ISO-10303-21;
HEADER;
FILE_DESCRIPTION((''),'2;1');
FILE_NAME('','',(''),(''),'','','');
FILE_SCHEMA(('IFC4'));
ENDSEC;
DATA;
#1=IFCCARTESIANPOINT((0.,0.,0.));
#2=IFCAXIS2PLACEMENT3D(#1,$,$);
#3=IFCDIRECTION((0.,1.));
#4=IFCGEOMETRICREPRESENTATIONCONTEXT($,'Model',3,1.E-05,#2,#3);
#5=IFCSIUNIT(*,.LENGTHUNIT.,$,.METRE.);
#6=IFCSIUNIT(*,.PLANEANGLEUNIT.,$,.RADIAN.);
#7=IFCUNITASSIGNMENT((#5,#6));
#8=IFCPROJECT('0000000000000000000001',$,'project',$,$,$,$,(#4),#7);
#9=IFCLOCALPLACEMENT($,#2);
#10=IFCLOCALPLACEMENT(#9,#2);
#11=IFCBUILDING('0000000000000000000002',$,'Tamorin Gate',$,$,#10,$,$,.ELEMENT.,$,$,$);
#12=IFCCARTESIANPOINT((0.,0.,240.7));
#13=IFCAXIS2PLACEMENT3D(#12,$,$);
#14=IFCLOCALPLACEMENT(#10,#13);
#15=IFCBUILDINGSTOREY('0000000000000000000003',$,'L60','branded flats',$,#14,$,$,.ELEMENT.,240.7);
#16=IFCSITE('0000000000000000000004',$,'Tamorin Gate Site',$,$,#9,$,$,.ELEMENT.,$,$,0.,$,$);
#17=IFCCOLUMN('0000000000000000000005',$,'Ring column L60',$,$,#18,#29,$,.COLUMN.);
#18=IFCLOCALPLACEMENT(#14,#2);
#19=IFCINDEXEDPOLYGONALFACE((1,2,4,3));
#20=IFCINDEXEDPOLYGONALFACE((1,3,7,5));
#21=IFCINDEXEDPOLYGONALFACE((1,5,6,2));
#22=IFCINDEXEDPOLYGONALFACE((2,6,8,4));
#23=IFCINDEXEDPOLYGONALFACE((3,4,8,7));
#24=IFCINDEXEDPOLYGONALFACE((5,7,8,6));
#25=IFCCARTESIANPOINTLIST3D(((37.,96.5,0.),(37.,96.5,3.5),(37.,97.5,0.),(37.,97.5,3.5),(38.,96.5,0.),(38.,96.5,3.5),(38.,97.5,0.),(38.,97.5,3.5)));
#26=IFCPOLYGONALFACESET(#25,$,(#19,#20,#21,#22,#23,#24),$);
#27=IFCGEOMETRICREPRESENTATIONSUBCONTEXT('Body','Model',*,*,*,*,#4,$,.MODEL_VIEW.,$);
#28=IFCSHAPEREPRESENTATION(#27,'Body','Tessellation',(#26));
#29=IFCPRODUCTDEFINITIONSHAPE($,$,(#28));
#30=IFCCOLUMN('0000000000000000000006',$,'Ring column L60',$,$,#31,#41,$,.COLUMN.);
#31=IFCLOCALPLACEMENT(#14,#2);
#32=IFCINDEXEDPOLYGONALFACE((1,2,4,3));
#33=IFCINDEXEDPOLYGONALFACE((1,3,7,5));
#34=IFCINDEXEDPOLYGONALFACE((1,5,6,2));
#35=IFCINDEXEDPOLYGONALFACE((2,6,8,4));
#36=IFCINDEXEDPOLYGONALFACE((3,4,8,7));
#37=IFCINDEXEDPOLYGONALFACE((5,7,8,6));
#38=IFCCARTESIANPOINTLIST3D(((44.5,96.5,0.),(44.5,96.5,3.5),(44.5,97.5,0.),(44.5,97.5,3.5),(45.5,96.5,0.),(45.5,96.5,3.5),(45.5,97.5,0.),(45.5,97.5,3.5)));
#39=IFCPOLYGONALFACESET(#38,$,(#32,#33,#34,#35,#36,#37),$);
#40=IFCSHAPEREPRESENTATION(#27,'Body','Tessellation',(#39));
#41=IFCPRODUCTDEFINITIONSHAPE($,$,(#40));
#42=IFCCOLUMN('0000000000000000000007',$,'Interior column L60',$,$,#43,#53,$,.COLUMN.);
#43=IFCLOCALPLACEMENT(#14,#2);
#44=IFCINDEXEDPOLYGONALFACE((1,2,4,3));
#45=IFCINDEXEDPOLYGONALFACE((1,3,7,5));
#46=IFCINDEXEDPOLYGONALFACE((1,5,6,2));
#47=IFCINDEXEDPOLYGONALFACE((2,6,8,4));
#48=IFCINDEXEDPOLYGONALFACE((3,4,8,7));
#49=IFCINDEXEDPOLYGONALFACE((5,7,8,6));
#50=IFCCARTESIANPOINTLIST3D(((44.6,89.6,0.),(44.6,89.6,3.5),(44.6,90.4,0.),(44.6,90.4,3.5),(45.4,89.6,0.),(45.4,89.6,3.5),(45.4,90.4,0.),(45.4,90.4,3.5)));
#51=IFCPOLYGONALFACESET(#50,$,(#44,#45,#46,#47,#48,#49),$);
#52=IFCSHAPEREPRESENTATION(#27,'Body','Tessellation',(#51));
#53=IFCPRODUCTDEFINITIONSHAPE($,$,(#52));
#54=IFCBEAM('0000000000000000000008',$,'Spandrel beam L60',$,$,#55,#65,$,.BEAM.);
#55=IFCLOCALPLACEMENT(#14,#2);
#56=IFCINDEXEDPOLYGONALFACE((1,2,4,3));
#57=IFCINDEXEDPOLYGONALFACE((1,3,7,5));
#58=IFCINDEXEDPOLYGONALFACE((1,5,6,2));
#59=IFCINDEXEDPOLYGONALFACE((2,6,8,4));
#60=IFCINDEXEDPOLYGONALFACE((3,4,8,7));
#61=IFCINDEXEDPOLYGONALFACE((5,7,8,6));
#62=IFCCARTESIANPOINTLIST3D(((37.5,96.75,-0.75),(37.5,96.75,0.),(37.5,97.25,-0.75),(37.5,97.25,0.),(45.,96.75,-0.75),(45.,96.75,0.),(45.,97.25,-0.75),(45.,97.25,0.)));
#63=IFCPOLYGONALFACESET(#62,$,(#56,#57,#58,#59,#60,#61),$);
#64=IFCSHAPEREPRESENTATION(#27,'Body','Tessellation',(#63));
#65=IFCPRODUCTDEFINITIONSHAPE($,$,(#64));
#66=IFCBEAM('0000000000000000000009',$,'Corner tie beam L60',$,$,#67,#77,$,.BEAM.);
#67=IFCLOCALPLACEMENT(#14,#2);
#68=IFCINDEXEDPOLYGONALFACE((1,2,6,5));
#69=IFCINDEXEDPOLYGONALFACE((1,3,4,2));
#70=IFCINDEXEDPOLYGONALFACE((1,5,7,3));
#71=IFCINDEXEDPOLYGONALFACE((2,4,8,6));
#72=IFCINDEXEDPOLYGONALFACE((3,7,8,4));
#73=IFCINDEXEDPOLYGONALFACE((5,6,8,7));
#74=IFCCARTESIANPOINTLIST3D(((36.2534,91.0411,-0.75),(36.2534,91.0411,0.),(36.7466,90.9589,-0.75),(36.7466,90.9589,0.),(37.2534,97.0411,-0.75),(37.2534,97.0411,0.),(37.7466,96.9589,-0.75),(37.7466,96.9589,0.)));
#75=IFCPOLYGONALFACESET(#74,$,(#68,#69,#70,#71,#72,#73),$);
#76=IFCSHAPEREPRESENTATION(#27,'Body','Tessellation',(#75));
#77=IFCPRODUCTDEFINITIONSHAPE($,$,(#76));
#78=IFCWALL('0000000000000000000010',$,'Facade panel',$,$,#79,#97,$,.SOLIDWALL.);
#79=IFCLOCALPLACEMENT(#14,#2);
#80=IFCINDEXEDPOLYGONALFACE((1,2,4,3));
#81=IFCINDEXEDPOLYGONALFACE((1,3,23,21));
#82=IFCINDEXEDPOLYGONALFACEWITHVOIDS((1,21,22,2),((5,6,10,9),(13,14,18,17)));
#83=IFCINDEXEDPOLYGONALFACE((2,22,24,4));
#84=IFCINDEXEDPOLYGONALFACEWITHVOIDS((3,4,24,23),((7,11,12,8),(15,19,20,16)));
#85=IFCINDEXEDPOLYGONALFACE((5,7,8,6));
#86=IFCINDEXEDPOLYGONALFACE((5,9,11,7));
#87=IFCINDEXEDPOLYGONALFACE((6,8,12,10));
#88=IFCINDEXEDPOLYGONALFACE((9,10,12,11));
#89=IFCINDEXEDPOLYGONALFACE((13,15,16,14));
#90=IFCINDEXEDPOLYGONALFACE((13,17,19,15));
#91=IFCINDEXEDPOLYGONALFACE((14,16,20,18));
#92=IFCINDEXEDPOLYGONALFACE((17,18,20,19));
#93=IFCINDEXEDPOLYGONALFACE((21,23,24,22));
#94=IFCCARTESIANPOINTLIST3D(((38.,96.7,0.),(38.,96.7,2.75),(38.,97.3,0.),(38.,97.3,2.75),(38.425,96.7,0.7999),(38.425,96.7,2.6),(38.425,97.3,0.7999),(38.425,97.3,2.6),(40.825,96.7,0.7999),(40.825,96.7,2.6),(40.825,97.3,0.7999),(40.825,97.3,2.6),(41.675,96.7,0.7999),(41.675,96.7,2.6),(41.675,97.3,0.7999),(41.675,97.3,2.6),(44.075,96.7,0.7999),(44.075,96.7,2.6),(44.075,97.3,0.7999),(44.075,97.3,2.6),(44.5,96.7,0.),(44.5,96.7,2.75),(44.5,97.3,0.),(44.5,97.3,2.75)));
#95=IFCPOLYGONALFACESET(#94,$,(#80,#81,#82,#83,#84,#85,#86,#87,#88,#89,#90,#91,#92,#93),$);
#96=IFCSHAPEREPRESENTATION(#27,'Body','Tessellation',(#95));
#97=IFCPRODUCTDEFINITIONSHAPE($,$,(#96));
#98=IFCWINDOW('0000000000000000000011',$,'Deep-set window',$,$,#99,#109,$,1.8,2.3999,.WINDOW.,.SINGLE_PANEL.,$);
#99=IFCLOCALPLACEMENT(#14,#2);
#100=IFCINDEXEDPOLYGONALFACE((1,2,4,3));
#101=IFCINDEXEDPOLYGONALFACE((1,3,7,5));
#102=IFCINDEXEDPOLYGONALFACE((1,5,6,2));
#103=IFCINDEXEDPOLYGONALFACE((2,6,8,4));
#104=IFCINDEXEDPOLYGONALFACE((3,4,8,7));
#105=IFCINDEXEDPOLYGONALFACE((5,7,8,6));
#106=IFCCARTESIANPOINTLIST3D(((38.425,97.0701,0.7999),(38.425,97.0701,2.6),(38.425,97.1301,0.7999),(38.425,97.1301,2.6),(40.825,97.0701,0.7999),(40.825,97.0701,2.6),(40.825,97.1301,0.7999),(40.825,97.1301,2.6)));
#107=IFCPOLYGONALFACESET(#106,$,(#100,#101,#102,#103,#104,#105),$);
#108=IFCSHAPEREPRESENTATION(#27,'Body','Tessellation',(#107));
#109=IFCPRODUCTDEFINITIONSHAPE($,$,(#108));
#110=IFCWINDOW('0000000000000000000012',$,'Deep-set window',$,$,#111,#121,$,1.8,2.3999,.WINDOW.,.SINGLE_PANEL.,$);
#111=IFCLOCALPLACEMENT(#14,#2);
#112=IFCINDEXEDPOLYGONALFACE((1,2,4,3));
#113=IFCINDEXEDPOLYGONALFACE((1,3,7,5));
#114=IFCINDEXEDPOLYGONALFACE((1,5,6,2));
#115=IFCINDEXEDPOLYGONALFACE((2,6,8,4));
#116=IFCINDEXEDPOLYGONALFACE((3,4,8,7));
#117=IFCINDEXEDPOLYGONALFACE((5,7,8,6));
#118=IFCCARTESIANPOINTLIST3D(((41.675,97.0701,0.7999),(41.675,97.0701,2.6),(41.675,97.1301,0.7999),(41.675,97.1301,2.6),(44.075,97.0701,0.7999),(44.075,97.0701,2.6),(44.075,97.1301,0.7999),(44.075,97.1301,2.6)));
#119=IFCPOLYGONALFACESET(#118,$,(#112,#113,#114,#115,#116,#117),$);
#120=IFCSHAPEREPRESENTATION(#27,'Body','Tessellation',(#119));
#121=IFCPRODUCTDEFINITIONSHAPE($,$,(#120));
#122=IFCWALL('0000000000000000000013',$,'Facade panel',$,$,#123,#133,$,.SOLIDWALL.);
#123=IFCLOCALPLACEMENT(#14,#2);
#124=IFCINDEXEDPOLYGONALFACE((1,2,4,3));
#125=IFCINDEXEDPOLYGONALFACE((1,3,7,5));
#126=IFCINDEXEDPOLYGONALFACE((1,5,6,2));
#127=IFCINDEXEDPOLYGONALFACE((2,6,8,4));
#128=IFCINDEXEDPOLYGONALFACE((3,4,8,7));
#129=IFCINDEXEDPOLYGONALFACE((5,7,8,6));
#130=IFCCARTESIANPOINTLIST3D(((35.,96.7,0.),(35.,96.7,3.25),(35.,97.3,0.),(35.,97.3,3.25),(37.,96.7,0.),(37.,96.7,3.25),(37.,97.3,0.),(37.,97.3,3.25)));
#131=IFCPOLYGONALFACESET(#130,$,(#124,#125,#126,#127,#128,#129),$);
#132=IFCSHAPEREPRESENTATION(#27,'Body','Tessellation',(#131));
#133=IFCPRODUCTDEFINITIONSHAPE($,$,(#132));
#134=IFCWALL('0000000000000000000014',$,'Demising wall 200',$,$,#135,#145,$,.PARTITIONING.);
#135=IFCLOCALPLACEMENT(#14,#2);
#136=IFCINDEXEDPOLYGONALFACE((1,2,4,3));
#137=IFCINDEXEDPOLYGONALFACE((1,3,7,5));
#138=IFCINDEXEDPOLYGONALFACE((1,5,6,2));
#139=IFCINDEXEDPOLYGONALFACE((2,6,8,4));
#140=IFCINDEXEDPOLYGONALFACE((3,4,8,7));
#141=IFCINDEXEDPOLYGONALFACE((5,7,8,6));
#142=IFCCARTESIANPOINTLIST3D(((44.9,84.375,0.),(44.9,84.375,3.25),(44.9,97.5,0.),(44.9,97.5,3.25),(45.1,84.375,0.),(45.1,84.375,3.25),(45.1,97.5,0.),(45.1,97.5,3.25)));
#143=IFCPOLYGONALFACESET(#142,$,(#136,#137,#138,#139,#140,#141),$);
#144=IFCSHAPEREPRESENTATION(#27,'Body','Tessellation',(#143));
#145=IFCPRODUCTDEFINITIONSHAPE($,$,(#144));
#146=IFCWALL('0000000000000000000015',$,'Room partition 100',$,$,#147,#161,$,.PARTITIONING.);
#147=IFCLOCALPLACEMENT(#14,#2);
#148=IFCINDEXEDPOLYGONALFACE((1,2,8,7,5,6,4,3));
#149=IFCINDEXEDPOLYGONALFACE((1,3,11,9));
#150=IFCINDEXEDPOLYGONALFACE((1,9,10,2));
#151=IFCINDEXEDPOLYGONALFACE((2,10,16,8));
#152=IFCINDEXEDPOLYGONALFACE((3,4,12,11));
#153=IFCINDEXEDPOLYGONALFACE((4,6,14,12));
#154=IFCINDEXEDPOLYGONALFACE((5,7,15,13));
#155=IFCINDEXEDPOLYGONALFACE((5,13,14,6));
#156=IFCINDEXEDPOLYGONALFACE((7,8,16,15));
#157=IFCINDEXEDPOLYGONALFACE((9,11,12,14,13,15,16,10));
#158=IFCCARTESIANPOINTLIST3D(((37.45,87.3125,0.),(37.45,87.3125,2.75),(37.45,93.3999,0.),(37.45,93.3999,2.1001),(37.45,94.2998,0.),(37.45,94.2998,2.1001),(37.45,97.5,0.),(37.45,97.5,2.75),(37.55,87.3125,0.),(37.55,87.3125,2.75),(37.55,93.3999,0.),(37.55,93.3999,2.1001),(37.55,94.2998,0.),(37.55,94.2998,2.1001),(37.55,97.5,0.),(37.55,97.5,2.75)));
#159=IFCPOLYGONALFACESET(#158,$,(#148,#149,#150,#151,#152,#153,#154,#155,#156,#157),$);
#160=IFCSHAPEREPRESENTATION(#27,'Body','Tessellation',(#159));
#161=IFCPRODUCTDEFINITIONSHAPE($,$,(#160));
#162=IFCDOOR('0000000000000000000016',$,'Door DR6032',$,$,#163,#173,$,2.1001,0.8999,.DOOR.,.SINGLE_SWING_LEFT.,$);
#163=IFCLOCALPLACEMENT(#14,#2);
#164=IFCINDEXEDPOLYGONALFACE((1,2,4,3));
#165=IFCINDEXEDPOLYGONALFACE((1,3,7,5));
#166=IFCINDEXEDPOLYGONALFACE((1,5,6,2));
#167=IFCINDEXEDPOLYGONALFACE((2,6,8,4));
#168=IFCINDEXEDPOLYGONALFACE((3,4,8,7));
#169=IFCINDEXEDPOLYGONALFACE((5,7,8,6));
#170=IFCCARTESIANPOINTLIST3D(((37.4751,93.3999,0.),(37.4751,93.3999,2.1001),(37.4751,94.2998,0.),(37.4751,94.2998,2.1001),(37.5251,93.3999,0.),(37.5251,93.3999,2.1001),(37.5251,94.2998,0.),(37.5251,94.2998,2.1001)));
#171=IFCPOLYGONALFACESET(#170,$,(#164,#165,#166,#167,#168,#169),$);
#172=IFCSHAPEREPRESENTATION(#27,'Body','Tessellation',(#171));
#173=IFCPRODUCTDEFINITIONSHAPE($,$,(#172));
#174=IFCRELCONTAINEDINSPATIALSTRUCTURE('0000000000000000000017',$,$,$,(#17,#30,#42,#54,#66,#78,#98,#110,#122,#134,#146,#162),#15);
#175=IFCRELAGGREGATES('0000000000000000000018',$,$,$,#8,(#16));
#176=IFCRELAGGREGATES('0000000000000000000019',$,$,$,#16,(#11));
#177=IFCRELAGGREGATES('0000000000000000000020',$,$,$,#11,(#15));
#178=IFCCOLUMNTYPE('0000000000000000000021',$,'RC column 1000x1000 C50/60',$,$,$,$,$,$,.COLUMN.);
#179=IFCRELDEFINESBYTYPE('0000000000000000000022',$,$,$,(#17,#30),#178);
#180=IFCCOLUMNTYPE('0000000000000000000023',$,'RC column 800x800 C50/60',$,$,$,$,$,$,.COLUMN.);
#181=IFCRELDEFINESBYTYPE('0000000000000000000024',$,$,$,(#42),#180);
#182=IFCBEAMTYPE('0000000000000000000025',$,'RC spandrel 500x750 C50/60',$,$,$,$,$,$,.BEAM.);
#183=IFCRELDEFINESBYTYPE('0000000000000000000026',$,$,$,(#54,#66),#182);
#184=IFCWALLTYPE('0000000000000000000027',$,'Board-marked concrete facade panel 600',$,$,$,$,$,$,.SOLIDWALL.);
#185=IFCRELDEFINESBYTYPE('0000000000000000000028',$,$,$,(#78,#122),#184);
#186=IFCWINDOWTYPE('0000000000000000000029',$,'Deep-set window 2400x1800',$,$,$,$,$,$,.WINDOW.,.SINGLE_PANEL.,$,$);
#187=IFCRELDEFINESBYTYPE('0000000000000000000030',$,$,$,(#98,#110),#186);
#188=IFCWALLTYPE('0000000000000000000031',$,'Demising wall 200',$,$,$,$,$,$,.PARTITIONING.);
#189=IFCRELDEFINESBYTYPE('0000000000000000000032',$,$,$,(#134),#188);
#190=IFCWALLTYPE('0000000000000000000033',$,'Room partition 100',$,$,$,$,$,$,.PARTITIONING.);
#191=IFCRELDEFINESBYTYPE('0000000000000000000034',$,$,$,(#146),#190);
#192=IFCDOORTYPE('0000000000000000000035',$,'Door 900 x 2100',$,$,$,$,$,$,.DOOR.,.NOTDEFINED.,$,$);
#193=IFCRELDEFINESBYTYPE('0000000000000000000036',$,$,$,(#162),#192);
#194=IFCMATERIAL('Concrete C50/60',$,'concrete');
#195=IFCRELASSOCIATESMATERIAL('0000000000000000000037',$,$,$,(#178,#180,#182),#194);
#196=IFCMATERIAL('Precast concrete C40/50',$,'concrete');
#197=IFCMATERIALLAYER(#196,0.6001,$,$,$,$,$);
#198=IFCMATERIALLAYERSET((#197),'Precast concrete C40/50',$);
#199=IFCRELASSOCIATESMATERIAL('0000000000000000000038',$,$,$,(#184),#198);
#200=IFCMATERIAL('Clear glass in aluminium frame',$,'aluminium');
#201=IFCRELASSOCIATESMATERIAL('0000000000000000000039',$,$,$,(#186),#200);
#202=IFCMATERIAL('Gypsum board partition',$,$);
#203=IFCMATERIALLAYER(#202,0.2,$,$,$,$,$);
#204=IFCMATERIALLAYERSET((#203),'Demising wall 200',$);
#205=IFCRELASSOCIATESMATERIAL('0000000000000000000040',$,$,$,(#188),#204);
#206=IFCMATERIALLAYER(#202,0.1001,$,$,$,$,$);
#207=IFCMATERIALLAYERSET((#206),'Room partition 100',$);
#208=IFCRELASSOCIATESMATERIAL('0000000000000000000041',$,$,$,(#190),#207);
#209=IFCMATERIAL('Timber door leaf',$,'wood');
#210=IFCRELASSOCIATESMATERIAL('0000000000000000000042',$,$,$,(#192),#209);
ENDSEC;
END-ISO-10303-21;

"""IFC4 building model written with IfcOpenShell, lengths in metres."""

from ifc_helpers import new_model, si_unit, direction, frame, frame_2d, origin, origin_2d, place, context, subcontext, project, spatial, rectangle, extrude, material, layer, layer_set, material_profile, profile_set, type_object, element, fill, save


model = new_model("IFC4")

# Units and contexts
model_context = context("Model", 3, precision=1e-05, world=origin(), true_north=direction((0.0, 1.0)))
body_context = subcontext(model_context, "Body", "Model", "MODEL_VIEW")
ifc_project = project(units=[si_unit("LENGTHUNIT", "METRE"), si_unit("PLANEANGLEUNIT", "RADIAN")], contexts=[model_context])

# Site, building, storey
site_placement = place(None, origin())
site = spatial("IfcSite", under=ifc_project, at=site_placement, Name="Tamorin Gate Site", CompositionType="ELEMENT", RefElevation=0.0)
building_placement = place(site_placement, origin())
building = spatial("IfcBuilding", under=site, at=building_placement, Name="Tamorin Gate", CompositionType="ELEMENT")
storey_placement = place(building_placement, frame((0.0, 0.0, 240.7)))
storey = spatial("IfcBuildingStorey", under=building, at=storey_placement, Name="L60", Description="branded flats", CompositionType="ELEMENT", Elevation=240.7)

# Columns
ifc_material_1 = material(Name="Concrete C50/60", Category="concrete")
ifc_material_profile_1 = material_profile(ifc_material_1, rectangle(XDim=1.0, YDim=1.0, at=origin_2d()), Name="RC 1000x1000")
ifc_profile_set_1 = profile_set([ifc_material_profile_1], Name="Concrete C50/60")
column_type_1 = type_object("IfcColumnType", Name="RC column 1000x1000 C50/60", PredefinedType="COLUMN", material=ifc_profile_set_1)
for number, where, z_axis, x_axis, name in (
    (1, (37.5, 97.0, 0.0), (0.0, 0.0, 1.0), (1.0, 0.0, 0.0), "Ring column L60"),
    (2, (45.0, 97.0, 0.0), (0.0, 0.0, 1.0), (1.0, 0.0, 0.0), "Ring column L60"),
):
    element("IfcColumn", number, at=place(storey_placement, frame(where, z_axis=z_axis, x_axis=x_axis)), inside=storey, type_object=column_type_1, Name=name, PredefinedType="COLUMN", context=body_context, shape_type="SweptSolid", body=[
        extrude(rectangle(XDim=1.0, YDim=1.0, at=origin_2d()), origin(), (0.0, 0.0, 1.0), 3.5),
    ])
ifc_material_profile_2 = material_profile(ifc_material_1, rectangle(XDim=0.8, YDim=0.8, at=origin_2d()), Name="RC 800x800")
ifc_profile_set_2 = profile_set([ifc_material_profile_2], Name="Concrete C50/60")
column_type_2 = type_object("IfcColumnType", Name="RC column 800x800 C50/60", PredefinedType="COLUMN", material=ifc_profile_set_2)
column_placement = place(storey_placement, frame((45.0, 90.0, 0.0), z_axis=(0.0, 0.0, 1.0), x_axis=(1.0, 0.0, 0.0)))
element("IfcColumn", 3, at=column_placement, inside=storey, type_object=column_type_2, Name="Interior column L60", PredefinedType="COLUMN", context=body_context, shape_type="SweptSolid", body=[
    extrude(rectangle(XDim=0.8, YDim=0.8, at=origin_2d()), origin(), (0.0, 0.0, 1.0), 3.5),
])

# Beams
ifc_material_profile_3 = material_profile(ifc_material_1, rectangle(XDim=0.5, YDim=0.75, at=origin_2d()), Name="RC 500x750")
ifc_profile_set_3 = profile_set([ifc_material_profile_3], Name="Concrete C50/60")
beam_type = type_object("IfcBeamType", Name="RC spandrel 500x750 C50/60", PredefinedType="BEAM", material=ifc_profile_set_3)
beam_1_placement = place(storey_placement, frame((45.0, 97.0, -0.375), z_axis=(-1.0, 0.0, 0.0), x_axis=(0.0, -1.0, 0.0)))
element("IfcBeam", 4, at=beam_1_placement, inside=storey, type_object=beam_type, Name="Spandrel beam L60", PredefinedType="BEAM", context=body_context, shape_type="SweptSolid", body=[
    extrude(rectangle(XDim=0.5, YDim=0.75, at=origin_2d()), origin(), (0.0, 0.0, 1.0), 7.5),
])
beam_2_placement = place(storey_placement, frame((36.5, 91.0, -0.375), z_axis=(0.164399, 0.986394, 0.0), x_axis=(-0.986394, 0.164399, 0.0)))
element("IfcBeam", 5, at=beam_2_placement, inside=storey, type_object=beam_type, Name="Corner tie beam L60", PredefinedType="BEAM", context=body_context, shape_type="SweptSolid", body=[
    extrude(rectangle(XDim=0.5, YDim=0.75, at=origin_2d()), origin(), (0.0, 0.0, 1.0), 6.0828),
])

# Wall, openings, windows
ifc_material_2 = material(Name="Precast concrete C40/50", Category="concrete")
ifc_layer_1 = layer(ifc_material_2, 0.6001)
ifc_layer_set_1 = layer_set([ifc_layer_1], Name="Precast concrete C40/50")
wall_type_1 = type_object("IfcWallType", Name="Board-marked concrete facade panel 600", PredefinedType="SOLIDWALL", material=ifc_layer_set_1)
wall_1_placement = place(storey_placement, frame((44.5, 97.0, 0.0), z_axis=(0.0, 0.0, 1.0), x_axis=(-1.0, 0.0, 0.0)))
wall_1 = element("IfcWall", 6, at=wall_1_placement, inside=storey, type_object=wall_type_1, Name="Facade panel", PredefinedType="SOLIDWALL", context=body_context, shape_type="SweptSolid", body=[
    extrude(rectangle(XDim=6.5, YDim=0.6001, at=frame_2d((3.25, 0.0))), origin(), (0.0, 0.0, 1.0), 2.75),
])
opening_1_placement = place(wall_1_placement, frame((3.675, 0.0, 0.8)))
opening_1 = element("IfcOpeningElement", 7, at=opening_1_placement, cuts=wall_1, PredefinedType="OPENING", context=body_context, shape_type="SweptSolid", body=[
    extrude(rectangle(XDim=2.3999, YDim=1.8, at=frame_2d((1.2, 0.8999))), frame((0.0, 0.3101, 0.0), z_axis=(0.0, -1.0, 0.0), x_axis=(1.0, 0.0, 0.0)), (0.0, 0.0, 1.0), 0.6201),
])
opening_2_placement = place(wall_1_placement, frame((0.425, 0.0, 0.8)))
opening_2 = element("IfcOpeningElement", 8, at=opening_2_placement, cuts=wall_1, PredefinedType="OPENING", context=body_context, shape_type="SweptSolid", body=[
    extrude(rectangle(XDim=2.3999, YDim=1.8, at=frame_2d((1.2, 0.8999))), frame((0.0, 0.3101, 0.0), z_axis=(0.0, -1.0, 0.0), x_axis=(1.0, 0.0, 0.0)), (0.0, 0.0, 1.0), 0.6201),
])
ifc_material_3 = material(Name="Clear glass in aluminium frame", Category="aluminium")
window_type = type_object("IfcWindowType", Name="Deep-set window 2400x1800", PartitioningType="SINGLE_PANEL", PredefinedType="WINDOW", material=ifc_material_3)
window_1_placement = place(opening_1_placement, origin())
window_1 = element("IfcWindow", 9, at=window_1_placement, inside=storey, type_object=window_type, Name="Deep-set window", OverallHeight=1.8, OverallWidth=2.3999, PartitioningType="SINGLE_PANEL", PredefinedType="WINDOW", context=body_context, shape_type="SweptSolid", body=[
    extrude(rectangle(XDim=2.3999, YDim=1.8, at=frame_2d((1.2, 0.8999))), frame((0.0, -0.0701, 0.0), z_axis=(0.0, -1.0, 0.0), x_axis=(1.0, 0.0, 0.0)), (0.0, 0.0, 1.0), 0.0601),
])
fill(opening_1, window_1)
window_2_placement = place(opening_2_placement, origin())
window_2 = element("IfcWindow", 10, at=window_2_placement, inside=storey, type_object=window_type, Name="Deep-set window", OverallHeight=1.8, OverallWidth=2.3999, PartitioningType="SINGLE_PANEL", PredefinedType="WINDOW", context=body_context, shape_type="SweptSolid", body=[
    extrude(rectangle(XDim=2.3999, YDim=1.8, at=frame_2d((1.2, 0.8999))), frame((0.0, -0.0701, 0.0), z_axis=(0.0, -1.0, 0.0), x_axis=(1.0, 0.0, 0.0)), (0.0, 0.0, 1.0), 0.0601),
])
fill(opening_2, window_2)

# Walls
wall_2_placement = place(storey_placement, frame((37.0, 97.0, 0.0), z_axis=(0.0, 0.0, 1.0), x_axis=(-1.0, 0.0, 0.0)))
element("IfcWall", 11, at=wall_2_placement, inside=storey, type_object=wall_type_1, Name="Facade panel", PredefinedType="SOLIDWALL", context=body_context, shape_type="SweptSolid", body=[
    extrude(rectangle(XDim=2.0, YDim=0.6001, at=frame_2d((1.0, 0.0))), origin(), (0.0, 0.0, 1.0), 3.25),
])
ifc_material_4 = material(Name="Gypsum board partition")
ifc_layer_2 = layer(ifc_material_4, 0.2)
ifc_layer_set_2 = layer_set([ifc_layer_2], Name="Demising wall 200")
wall_type_2 = type_object("IfcWallType", Name="Demising wall 200", PredefinedType="PARTITIONING", material=ifc_layer_set_2)
wall_3_placement = place(storey_placement, frame((45.0, 84.375, 0.0), z_axis=(0.0, 0.0, 1.0), x_axis=(0.0, 1.0, 0.0)))
element("IfcWall", 12, at=wall_3_placement, inside=storey, type_object=wall_type_2, Name="Demising wall 200", PredefinedType="PARTITIONING", context=body_context, shape_type="SweptSolid", body=[
    extrude(rectangle(XDim=13.125, YDim=0.2, at=frame_2d((6.5625, 0.0))), origin(), (0.0, 0.0, 1.0), 3.25),
])

# Wall, opening, door
ifc_layer_3 = layer(ifc_material_4, 0.1001)
ifc_layer_set_3 = layer_set([ifc_layer_3], Name="Room partition 100")
wall_type_3 = type_object("IfcWallType", Name="Room partition 100", PredefinedType="PARTITIONING", material=ifc_layer_set_3)
wall_4_placement = place(storey_placement, frame((37.5, 87.3125, 0.0), z_axis=(0.0, 0.0, 1.0), x_axis=(0.0, 1.0, 0.0)))
wall_4 = element("IfcWall", 13, at=wall_4_placement, inside=storey, type_object=wall_type_3, Name="Room partition 100", PredefinedType="PARTITIONING", context=body_context, shape_type="SweptSolid", body=[
    extrude(rectangle(XDim=10.1875, YDim=0.1001, at=frame_2d((5.0938, 0.0))), origin(), (0.0, 0.0, 1.0), 2.75),
])
opening_3_placement = place(wall_4_placement, frame((6.0874, 0.0, 0.0)))
opening_3 = element("IfcOpeningElement", 14, at=opening_3_placement, cuts=wall_4, PredefinedType="OPENING", context=body_context, shape_type="SweptSolid", body=[
    extrude(rectangle(XDim=0.8999, YDim=2.1001, at=frame_2d((0.45, 1.05))), frame((0.0, 0.0601, 0.0), z_axis=(0.0, -1.0, 0.0), x_axis=(1.0, 0.0, 0.0)), (0.0, 0.0, 1.0), 0.1201),
])
ifc_material_5 = material(Name="Timber door leaf", Category="wood")
door_type = type_object("IfcDoorType", Name="Door 900 x 2100", OperationType="NOTDEFINED", PredefinedType="DOOR", material=ifc_material_5)
door_1_placement = place(opening_3_placement, origin())
door_1 = element("IfcDoor", 15, at=door_1_placement, inside=storey, type_object=door_type, Name="Door DR6032", OperationType="SINGLE_SWING_LEFT", OverallHeight=2.1001, OverallWidth=0.8999, PredefinedType="DOOR", context=body_context, shape_type="SweptSolid", body=[
    extrude(rectangle(XDim=0.8999, YDim=2.1001, at=frame_2d((0.45, 1.05))), frame((0.0, 0.0249, 0.0), z_axis=(0.0, -1.0, 0.0), x_axis=(1.0, 0.0, 0.0)), (0.0, 0.0, 1.0), 0.05),
])
fill(opening_3, door_1)

save(model, "model.ifc")
